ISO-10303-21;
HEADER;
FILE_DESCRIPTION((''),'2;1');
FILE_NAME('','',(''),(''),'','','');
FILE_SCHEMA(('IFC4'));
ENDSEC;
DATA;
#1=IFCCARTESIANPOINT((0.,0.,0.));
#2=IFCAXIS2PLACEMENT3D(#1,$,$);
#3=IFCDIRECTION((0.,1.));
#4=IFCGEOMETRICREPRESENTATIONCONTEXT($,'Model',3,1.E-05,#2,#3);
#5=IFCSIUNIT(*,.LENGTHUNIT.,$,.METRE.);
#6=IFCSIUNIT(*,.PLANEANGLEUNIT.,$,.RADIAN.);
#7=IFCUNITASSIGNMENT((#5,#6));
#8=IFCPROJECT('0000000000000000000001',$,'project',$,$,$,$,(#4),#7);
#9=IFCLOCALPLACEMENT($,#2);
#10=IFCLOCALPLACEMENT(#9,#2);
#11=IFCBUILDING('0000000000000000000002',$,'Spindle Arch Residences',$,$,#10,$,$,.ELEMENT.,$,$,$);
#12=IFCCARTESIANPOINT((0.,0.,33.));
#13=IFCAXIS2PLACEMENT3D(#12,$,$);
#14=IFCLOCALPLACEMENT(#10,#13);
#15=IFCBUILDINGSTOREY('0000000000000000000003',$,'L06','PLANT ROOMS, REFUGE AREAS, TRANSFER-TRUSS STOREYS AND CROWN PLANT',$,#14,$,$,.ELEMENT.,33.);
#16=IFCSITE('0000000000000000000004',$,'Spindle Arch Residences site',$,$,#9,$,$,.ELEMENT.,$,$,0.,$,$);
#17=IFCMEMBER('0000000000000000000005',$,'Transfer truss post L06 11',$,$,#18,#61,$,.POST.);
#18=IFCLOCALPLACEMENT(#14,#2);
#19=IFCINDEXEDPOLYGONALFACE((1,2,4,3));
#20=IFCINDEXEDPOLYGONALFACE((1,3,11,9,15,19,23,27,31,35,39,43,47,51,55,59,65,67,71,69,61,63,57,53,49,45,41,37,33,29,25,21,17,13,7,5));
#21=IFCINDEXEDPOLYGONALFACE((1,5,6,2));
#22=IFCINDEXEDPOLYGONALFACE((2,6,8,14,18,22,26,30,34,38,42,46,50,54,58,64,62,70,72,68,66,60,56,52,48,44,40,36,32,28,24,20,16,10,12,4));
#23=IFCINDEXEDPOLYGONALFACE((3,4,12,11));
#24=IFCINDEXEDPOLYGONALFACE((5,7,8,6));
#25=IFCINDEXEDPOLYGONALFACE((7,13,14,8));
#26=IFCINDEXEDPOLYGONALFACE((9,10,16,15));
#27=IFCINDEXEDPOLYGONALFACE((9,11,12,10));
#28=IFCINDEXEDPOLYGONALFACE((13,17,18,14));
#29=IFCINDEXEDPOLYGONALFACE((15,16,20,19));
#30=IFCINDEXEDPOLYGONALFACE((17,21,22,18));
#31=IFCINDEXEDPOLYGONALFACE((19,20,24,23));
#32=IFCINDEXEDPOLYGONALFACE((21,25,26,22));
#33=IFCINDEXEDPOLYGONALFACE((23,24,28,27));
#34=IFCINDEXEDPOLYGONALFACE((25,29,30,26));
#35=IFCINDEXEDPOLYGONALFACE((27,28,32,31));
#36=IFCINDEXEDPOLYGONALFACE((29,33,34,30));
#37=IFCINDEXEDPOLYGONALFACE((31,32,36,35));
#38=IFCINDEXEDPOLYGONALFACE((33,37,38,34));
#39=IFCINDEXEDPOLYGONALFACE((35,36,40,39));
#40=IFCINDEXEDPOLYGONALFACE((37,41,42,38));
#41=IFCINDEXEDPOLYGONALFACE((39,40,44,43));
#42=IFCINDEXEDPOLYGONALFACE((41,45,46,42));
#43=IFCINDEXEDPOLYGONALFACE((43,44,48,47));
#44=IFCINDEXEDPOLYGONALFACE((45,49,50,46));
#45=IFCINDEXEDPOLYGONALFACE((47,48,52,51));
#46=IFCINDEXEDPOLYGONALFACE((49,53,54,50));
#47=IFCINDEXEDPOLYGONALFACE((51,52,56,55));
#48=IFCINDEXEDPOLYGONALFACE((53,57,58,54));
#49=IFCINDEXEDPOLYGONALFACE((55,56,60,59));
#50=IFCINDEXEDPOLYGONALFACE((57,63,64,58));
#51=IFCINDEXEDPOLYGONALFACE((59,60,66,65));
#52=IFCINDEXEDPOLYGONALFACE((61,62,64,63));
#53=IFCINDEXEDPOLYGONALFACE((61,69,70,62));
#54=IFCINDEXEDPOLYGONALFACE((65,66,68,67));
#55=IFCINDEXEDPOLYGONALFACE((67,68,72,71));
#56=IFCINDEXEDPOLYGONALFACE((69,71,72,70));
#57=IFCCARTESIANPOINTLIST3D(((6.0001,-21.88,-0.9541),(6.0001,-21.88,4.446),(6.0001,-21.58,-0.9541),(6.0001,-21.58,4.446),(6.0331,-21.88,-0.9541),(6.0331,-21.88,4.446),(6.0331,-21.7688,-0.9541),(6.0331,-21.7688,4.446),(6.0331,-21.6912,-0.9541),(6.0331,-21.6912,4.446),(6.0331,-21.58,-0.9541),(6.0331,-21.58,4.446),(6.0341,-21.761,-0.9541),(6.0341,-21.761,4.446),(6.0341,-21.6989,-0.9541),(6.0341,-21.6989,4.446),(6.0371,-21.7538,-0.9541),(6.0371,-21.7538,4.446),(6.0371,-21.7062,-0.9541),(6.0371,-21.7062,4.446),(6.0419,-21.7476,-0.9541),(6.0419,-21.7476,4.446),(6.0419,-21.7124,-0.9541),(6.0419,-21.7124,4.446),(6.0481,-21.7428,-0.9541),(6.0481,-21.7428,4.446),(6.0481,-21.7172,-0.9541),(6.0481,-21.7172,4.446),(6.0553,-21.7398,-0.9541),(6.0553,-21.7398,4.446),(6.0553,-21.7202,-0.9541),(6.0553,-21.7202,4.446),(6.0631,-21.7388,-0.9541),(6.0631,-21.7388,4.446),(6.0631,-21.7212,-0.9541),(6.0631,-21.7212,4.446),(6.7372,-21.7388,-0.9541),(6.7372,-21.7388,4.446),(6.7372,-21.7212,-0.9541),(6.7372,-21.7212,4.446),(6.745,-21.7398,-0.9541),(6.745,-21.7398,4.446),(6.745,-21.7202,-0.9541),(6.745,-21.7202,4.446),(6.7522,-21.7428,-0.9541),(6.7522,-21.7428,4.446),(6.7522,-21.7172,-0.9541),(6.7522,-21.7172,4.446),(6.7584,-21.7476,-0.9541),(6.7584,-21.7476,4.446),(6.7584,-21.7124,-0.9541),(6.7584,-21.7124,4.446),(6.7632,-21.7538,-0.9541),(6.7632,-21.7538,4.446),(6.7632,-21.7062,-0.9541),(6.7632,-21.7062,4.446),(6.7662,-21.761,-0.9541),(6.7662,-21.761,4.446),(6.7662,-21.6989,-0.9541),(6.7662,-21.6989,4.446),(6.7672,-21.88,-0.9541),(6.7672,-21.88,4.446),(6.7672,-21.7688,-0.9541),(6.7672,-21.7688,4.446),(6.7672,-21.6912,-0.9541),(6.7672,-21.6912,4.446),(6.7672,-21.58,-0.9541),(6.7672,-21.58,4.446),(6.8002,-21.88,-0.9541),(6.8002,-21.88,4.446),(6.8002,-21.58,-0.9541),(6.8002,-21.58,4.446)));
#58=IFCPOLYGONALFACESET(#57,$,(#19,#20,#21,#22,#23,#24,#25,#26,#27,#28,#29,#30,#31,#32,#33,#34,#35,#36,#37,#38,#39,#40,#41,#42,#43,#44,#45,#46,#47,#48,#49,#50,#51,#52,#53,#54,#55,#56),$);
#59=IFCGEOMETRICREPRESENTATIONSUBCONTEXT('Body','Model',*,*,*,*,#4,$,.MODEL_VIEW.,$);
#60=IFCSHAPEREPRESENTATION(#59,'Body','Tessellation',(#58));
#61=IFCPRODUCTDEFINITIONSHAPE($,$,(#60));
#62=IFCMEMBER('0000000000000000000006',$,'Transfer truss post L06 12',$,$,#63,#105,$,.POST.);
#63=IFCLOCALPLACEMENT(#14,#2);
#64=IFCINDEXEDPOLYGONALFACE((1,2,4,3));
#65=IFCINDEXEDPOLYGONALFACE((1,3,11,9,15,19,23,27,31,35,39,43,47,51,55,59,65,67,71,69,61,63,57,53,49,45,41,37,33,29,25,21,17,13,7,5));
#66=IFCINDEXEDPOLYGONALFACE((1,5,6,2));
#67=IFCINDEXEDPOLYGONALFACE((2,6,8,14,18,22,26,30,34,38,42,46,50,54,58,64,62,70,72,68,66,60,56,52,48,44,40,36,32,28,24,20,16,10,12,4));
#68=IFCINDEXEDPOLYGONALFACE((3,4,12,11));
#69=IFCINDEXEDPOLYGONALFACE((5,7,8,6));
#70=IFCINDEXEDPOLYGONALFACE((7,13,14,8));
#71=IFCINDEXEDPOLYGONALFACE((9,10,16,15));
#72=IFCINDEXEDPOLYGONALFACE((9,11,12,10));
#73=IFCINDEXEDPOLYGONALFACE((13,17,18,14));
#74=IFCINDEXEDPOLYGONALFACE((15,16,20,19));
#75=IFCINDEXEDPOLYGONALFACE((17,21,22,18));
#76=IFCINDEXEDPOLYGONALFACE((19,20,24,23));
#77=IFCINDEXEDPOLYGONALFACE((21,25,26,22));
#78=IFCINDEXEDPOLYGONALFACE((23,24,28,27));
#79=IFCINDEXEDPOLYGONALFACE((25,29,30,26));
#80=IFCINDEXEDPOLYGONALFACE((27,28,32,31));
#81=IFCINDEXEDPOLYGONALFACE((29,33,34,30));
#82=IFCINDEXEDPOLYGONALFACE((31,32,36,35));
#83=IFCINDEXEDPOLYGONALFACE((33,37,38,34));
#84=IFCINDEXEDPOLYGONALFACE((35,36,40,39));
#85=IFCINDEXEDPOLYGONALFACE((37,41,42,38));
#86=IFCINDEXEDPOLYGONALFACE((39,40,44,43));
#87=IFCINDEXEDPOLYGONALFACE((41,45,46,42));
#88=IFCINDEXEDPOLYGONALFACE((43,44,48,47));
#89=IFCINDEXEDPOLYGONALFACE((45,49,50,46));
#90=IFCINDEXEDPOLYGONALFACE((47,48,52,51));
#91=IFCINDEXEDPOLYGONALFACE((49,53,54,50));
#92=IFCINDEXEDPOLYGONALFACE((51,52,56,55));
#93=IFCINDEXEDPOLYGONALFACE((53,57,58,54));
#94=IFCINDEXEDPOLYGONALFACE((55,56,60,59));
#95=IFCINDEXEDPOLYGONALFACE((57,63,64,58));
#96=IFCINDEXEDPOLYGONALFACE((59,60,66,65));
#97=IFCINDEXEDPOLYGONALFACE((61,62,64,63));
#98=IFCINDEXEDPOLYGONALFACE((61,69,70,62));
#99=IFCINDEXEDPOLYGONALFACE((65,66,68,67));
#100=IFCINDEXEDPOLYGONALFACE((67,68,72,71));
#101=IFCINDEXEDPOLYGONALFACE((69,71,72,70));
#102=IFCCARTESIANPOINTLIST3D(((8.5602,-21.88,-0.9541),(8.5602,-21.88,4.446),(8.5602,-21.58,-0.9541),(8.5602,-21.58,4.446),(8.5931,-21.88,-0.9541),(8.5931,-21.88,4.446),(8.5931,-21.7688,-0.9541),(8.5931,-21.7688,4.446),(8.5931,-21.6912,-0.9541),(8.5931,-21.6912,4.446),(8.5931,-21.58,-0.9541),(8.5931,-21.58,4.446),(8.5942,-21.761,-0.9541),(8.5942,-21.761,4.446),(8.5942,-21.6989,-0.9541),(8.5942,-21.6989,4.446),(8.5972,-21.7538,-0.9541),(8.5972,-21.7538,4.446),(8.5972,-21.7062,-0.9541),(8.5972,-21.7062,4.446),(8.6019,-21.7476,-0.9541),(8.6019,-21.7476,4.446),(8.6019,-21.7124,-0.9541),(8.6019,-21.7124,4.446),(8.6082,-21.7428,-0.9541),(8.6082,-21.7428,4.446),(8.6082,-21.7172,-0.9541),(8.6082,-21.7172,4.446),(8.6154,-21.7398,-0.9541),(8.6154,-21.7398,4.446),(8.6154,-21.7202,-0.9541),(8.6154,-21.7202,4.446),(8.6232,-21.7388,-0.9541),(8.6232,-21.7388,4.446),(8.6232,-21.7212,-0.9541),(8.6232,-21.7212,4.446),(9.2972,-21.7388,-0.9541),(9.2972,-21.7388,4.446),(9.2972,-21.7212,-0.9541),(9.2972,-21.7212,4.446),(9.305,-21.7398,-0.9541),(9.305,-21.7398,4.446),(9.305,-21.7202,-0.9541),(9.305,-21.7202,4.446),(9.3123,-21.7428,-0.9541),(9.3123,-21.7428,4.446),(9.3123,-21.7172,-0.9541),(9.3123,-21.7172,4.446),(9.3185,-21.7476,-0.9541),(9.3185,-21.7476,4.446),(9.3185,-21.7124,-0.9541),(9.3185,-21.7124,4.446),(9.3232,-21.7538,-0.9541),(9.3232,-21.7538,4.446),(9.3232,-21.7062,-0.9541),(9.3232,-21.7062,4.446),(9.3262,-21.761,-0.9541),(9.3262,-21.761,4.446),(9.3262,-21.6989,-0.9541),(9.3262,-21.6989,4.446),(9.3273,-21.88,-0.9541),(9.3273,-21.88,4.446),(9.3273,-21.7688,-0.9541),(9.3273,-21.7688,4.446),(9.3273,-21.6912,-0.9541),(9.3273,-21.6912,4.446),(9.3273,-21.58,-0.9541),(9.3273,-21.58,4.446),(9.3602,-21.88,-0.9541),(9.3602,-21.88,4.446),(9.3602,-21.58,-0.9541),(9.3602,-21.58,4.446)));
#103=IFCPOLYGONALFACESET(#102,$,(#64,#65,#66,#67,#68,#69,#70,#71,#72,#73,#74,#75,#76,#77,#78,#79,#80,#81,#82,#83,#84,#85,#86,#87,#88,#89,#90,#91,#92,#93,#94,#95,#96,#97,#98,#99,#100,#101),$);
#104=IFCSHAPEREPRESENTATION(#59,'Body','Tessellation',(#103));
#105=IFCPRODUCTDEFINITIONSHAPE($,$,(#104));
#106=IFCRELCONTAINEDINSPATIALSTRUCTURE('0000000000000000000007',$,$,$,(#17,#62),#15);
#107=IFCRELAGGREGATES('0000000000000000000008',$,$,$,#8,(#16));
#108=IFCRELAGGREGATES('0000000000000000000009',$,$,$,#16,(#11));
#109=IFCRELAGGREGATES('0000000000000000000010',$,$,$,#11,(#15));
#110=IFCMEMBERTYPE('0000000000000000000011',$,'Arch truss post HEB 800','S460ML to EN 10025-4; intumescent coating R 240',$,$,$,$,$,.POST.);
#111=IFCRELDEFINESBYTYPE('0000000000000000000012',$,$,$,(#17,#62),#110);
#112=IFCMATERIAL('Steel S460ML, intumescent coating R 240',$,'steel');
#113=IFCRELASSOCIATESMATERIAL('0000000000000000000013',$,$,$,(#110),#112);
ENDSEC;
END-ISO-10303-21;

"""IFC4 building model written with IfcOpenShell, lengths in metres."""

from ifc_helpers import new_model, si_unit, direction, frame, origin, origin_2d, place, context, subcontext, project, spatial, i_section, extrude, material, material_profile, profile_set, type_object, element, save


model = new_model("IFC4")

# Units and contexts
model_context = context("Model", 3, precision=1e-05, world=origin(), true_north=direction((0.0, 1.0)))
body_context = subcontext(model_context, "Body", "Model", "MODEL_VIEW")
ifc_project = project(units=[si_unit("LENGTHUNIT", "METRE"), si_unit("PLANEANGLEUNIT", "RADIAN")], contexts=[model_context])

# Site, building, storey
site_placement = place(None, origin())
site = spatial("IfcSite", under=ifc_project, at=site_placement, Name="Spindle Arch Residences site", CompositionType="ELEMENT", RefElevation=0.0)
building_placement = place(site_placement, origin())
building = spatial("IfcBuilding", under=site, at=building_placement, Name="Spindle Arch Residences", CompositionType="ELEMENT")
storey_placement = place(building_placement, frame((0.0, 0.0, 33.0)))
storey = spatial("IfcBuildingStorey", under=building, at=storey_placement, Name="L06", Description="PLANT ROOMS, REFUGE AREAS, TRANSFER-TRUSS STOREYS AND CROWN PLANT", CompositionType="ELEMENT", Elevation=33.0)

# Members
ifc_material_1 = material(Name="Steel S460ML, intumescent coating R 240", Category="steel")
ifc_material_profile_1 = material_profile(ifc_material_1, i_section(OverallWidth=0.3, OverallDepth=0.8, WebThickness=0.0176, FlangeThickness=0.033, FilletRadius=0.03, at=origin_2d()), Name="HEB 800")
ifc_profile_set_1 = profile_set([ifc_material_profile_1], Name="Steel S460ML, intumescent coating R 240")
member_type_1 = type_object("IfcMemberType", Name="Arch truss post HEB 800", Description="S460ML to EN 10025-4; intumescent coating R 240", PredefinedType="POST", material=ifc_profile_set_1)
for number, where, z_axis, x_axis, name in (
    (1, (6.4001, -21.73, -0.9541), (0.0, 0.0, 1.0), (0.0, 1.0, 0.0), "Transfer truss post L06 11"),
    (2, (8.9602, -21.73, -0.9541), (0.0, 0.0, 1.0), (0.0, 1.0, 0.0), "Transfer truss post L06 12"),
):
    element("IfcMember", number, at=place(storey_placement, frame(where, z_axis=z_axis, x_axis=x_axis)), inside=storey, type_object=member_type_1, Name=name, PredefinedType="POST", context=body_context, shape_type="SweptSolid", body=[
        extrude(i_section(OverallWidth=0.3, OverallDepth=0.8, WebThickness=0.0176, FlangeThickness=0.033, FilletRadius=0.03, at=origin_2d()), origin(), (0.0, 0.0, 1.0), 5.4001),
    ])

save(model, "model.ifc")
